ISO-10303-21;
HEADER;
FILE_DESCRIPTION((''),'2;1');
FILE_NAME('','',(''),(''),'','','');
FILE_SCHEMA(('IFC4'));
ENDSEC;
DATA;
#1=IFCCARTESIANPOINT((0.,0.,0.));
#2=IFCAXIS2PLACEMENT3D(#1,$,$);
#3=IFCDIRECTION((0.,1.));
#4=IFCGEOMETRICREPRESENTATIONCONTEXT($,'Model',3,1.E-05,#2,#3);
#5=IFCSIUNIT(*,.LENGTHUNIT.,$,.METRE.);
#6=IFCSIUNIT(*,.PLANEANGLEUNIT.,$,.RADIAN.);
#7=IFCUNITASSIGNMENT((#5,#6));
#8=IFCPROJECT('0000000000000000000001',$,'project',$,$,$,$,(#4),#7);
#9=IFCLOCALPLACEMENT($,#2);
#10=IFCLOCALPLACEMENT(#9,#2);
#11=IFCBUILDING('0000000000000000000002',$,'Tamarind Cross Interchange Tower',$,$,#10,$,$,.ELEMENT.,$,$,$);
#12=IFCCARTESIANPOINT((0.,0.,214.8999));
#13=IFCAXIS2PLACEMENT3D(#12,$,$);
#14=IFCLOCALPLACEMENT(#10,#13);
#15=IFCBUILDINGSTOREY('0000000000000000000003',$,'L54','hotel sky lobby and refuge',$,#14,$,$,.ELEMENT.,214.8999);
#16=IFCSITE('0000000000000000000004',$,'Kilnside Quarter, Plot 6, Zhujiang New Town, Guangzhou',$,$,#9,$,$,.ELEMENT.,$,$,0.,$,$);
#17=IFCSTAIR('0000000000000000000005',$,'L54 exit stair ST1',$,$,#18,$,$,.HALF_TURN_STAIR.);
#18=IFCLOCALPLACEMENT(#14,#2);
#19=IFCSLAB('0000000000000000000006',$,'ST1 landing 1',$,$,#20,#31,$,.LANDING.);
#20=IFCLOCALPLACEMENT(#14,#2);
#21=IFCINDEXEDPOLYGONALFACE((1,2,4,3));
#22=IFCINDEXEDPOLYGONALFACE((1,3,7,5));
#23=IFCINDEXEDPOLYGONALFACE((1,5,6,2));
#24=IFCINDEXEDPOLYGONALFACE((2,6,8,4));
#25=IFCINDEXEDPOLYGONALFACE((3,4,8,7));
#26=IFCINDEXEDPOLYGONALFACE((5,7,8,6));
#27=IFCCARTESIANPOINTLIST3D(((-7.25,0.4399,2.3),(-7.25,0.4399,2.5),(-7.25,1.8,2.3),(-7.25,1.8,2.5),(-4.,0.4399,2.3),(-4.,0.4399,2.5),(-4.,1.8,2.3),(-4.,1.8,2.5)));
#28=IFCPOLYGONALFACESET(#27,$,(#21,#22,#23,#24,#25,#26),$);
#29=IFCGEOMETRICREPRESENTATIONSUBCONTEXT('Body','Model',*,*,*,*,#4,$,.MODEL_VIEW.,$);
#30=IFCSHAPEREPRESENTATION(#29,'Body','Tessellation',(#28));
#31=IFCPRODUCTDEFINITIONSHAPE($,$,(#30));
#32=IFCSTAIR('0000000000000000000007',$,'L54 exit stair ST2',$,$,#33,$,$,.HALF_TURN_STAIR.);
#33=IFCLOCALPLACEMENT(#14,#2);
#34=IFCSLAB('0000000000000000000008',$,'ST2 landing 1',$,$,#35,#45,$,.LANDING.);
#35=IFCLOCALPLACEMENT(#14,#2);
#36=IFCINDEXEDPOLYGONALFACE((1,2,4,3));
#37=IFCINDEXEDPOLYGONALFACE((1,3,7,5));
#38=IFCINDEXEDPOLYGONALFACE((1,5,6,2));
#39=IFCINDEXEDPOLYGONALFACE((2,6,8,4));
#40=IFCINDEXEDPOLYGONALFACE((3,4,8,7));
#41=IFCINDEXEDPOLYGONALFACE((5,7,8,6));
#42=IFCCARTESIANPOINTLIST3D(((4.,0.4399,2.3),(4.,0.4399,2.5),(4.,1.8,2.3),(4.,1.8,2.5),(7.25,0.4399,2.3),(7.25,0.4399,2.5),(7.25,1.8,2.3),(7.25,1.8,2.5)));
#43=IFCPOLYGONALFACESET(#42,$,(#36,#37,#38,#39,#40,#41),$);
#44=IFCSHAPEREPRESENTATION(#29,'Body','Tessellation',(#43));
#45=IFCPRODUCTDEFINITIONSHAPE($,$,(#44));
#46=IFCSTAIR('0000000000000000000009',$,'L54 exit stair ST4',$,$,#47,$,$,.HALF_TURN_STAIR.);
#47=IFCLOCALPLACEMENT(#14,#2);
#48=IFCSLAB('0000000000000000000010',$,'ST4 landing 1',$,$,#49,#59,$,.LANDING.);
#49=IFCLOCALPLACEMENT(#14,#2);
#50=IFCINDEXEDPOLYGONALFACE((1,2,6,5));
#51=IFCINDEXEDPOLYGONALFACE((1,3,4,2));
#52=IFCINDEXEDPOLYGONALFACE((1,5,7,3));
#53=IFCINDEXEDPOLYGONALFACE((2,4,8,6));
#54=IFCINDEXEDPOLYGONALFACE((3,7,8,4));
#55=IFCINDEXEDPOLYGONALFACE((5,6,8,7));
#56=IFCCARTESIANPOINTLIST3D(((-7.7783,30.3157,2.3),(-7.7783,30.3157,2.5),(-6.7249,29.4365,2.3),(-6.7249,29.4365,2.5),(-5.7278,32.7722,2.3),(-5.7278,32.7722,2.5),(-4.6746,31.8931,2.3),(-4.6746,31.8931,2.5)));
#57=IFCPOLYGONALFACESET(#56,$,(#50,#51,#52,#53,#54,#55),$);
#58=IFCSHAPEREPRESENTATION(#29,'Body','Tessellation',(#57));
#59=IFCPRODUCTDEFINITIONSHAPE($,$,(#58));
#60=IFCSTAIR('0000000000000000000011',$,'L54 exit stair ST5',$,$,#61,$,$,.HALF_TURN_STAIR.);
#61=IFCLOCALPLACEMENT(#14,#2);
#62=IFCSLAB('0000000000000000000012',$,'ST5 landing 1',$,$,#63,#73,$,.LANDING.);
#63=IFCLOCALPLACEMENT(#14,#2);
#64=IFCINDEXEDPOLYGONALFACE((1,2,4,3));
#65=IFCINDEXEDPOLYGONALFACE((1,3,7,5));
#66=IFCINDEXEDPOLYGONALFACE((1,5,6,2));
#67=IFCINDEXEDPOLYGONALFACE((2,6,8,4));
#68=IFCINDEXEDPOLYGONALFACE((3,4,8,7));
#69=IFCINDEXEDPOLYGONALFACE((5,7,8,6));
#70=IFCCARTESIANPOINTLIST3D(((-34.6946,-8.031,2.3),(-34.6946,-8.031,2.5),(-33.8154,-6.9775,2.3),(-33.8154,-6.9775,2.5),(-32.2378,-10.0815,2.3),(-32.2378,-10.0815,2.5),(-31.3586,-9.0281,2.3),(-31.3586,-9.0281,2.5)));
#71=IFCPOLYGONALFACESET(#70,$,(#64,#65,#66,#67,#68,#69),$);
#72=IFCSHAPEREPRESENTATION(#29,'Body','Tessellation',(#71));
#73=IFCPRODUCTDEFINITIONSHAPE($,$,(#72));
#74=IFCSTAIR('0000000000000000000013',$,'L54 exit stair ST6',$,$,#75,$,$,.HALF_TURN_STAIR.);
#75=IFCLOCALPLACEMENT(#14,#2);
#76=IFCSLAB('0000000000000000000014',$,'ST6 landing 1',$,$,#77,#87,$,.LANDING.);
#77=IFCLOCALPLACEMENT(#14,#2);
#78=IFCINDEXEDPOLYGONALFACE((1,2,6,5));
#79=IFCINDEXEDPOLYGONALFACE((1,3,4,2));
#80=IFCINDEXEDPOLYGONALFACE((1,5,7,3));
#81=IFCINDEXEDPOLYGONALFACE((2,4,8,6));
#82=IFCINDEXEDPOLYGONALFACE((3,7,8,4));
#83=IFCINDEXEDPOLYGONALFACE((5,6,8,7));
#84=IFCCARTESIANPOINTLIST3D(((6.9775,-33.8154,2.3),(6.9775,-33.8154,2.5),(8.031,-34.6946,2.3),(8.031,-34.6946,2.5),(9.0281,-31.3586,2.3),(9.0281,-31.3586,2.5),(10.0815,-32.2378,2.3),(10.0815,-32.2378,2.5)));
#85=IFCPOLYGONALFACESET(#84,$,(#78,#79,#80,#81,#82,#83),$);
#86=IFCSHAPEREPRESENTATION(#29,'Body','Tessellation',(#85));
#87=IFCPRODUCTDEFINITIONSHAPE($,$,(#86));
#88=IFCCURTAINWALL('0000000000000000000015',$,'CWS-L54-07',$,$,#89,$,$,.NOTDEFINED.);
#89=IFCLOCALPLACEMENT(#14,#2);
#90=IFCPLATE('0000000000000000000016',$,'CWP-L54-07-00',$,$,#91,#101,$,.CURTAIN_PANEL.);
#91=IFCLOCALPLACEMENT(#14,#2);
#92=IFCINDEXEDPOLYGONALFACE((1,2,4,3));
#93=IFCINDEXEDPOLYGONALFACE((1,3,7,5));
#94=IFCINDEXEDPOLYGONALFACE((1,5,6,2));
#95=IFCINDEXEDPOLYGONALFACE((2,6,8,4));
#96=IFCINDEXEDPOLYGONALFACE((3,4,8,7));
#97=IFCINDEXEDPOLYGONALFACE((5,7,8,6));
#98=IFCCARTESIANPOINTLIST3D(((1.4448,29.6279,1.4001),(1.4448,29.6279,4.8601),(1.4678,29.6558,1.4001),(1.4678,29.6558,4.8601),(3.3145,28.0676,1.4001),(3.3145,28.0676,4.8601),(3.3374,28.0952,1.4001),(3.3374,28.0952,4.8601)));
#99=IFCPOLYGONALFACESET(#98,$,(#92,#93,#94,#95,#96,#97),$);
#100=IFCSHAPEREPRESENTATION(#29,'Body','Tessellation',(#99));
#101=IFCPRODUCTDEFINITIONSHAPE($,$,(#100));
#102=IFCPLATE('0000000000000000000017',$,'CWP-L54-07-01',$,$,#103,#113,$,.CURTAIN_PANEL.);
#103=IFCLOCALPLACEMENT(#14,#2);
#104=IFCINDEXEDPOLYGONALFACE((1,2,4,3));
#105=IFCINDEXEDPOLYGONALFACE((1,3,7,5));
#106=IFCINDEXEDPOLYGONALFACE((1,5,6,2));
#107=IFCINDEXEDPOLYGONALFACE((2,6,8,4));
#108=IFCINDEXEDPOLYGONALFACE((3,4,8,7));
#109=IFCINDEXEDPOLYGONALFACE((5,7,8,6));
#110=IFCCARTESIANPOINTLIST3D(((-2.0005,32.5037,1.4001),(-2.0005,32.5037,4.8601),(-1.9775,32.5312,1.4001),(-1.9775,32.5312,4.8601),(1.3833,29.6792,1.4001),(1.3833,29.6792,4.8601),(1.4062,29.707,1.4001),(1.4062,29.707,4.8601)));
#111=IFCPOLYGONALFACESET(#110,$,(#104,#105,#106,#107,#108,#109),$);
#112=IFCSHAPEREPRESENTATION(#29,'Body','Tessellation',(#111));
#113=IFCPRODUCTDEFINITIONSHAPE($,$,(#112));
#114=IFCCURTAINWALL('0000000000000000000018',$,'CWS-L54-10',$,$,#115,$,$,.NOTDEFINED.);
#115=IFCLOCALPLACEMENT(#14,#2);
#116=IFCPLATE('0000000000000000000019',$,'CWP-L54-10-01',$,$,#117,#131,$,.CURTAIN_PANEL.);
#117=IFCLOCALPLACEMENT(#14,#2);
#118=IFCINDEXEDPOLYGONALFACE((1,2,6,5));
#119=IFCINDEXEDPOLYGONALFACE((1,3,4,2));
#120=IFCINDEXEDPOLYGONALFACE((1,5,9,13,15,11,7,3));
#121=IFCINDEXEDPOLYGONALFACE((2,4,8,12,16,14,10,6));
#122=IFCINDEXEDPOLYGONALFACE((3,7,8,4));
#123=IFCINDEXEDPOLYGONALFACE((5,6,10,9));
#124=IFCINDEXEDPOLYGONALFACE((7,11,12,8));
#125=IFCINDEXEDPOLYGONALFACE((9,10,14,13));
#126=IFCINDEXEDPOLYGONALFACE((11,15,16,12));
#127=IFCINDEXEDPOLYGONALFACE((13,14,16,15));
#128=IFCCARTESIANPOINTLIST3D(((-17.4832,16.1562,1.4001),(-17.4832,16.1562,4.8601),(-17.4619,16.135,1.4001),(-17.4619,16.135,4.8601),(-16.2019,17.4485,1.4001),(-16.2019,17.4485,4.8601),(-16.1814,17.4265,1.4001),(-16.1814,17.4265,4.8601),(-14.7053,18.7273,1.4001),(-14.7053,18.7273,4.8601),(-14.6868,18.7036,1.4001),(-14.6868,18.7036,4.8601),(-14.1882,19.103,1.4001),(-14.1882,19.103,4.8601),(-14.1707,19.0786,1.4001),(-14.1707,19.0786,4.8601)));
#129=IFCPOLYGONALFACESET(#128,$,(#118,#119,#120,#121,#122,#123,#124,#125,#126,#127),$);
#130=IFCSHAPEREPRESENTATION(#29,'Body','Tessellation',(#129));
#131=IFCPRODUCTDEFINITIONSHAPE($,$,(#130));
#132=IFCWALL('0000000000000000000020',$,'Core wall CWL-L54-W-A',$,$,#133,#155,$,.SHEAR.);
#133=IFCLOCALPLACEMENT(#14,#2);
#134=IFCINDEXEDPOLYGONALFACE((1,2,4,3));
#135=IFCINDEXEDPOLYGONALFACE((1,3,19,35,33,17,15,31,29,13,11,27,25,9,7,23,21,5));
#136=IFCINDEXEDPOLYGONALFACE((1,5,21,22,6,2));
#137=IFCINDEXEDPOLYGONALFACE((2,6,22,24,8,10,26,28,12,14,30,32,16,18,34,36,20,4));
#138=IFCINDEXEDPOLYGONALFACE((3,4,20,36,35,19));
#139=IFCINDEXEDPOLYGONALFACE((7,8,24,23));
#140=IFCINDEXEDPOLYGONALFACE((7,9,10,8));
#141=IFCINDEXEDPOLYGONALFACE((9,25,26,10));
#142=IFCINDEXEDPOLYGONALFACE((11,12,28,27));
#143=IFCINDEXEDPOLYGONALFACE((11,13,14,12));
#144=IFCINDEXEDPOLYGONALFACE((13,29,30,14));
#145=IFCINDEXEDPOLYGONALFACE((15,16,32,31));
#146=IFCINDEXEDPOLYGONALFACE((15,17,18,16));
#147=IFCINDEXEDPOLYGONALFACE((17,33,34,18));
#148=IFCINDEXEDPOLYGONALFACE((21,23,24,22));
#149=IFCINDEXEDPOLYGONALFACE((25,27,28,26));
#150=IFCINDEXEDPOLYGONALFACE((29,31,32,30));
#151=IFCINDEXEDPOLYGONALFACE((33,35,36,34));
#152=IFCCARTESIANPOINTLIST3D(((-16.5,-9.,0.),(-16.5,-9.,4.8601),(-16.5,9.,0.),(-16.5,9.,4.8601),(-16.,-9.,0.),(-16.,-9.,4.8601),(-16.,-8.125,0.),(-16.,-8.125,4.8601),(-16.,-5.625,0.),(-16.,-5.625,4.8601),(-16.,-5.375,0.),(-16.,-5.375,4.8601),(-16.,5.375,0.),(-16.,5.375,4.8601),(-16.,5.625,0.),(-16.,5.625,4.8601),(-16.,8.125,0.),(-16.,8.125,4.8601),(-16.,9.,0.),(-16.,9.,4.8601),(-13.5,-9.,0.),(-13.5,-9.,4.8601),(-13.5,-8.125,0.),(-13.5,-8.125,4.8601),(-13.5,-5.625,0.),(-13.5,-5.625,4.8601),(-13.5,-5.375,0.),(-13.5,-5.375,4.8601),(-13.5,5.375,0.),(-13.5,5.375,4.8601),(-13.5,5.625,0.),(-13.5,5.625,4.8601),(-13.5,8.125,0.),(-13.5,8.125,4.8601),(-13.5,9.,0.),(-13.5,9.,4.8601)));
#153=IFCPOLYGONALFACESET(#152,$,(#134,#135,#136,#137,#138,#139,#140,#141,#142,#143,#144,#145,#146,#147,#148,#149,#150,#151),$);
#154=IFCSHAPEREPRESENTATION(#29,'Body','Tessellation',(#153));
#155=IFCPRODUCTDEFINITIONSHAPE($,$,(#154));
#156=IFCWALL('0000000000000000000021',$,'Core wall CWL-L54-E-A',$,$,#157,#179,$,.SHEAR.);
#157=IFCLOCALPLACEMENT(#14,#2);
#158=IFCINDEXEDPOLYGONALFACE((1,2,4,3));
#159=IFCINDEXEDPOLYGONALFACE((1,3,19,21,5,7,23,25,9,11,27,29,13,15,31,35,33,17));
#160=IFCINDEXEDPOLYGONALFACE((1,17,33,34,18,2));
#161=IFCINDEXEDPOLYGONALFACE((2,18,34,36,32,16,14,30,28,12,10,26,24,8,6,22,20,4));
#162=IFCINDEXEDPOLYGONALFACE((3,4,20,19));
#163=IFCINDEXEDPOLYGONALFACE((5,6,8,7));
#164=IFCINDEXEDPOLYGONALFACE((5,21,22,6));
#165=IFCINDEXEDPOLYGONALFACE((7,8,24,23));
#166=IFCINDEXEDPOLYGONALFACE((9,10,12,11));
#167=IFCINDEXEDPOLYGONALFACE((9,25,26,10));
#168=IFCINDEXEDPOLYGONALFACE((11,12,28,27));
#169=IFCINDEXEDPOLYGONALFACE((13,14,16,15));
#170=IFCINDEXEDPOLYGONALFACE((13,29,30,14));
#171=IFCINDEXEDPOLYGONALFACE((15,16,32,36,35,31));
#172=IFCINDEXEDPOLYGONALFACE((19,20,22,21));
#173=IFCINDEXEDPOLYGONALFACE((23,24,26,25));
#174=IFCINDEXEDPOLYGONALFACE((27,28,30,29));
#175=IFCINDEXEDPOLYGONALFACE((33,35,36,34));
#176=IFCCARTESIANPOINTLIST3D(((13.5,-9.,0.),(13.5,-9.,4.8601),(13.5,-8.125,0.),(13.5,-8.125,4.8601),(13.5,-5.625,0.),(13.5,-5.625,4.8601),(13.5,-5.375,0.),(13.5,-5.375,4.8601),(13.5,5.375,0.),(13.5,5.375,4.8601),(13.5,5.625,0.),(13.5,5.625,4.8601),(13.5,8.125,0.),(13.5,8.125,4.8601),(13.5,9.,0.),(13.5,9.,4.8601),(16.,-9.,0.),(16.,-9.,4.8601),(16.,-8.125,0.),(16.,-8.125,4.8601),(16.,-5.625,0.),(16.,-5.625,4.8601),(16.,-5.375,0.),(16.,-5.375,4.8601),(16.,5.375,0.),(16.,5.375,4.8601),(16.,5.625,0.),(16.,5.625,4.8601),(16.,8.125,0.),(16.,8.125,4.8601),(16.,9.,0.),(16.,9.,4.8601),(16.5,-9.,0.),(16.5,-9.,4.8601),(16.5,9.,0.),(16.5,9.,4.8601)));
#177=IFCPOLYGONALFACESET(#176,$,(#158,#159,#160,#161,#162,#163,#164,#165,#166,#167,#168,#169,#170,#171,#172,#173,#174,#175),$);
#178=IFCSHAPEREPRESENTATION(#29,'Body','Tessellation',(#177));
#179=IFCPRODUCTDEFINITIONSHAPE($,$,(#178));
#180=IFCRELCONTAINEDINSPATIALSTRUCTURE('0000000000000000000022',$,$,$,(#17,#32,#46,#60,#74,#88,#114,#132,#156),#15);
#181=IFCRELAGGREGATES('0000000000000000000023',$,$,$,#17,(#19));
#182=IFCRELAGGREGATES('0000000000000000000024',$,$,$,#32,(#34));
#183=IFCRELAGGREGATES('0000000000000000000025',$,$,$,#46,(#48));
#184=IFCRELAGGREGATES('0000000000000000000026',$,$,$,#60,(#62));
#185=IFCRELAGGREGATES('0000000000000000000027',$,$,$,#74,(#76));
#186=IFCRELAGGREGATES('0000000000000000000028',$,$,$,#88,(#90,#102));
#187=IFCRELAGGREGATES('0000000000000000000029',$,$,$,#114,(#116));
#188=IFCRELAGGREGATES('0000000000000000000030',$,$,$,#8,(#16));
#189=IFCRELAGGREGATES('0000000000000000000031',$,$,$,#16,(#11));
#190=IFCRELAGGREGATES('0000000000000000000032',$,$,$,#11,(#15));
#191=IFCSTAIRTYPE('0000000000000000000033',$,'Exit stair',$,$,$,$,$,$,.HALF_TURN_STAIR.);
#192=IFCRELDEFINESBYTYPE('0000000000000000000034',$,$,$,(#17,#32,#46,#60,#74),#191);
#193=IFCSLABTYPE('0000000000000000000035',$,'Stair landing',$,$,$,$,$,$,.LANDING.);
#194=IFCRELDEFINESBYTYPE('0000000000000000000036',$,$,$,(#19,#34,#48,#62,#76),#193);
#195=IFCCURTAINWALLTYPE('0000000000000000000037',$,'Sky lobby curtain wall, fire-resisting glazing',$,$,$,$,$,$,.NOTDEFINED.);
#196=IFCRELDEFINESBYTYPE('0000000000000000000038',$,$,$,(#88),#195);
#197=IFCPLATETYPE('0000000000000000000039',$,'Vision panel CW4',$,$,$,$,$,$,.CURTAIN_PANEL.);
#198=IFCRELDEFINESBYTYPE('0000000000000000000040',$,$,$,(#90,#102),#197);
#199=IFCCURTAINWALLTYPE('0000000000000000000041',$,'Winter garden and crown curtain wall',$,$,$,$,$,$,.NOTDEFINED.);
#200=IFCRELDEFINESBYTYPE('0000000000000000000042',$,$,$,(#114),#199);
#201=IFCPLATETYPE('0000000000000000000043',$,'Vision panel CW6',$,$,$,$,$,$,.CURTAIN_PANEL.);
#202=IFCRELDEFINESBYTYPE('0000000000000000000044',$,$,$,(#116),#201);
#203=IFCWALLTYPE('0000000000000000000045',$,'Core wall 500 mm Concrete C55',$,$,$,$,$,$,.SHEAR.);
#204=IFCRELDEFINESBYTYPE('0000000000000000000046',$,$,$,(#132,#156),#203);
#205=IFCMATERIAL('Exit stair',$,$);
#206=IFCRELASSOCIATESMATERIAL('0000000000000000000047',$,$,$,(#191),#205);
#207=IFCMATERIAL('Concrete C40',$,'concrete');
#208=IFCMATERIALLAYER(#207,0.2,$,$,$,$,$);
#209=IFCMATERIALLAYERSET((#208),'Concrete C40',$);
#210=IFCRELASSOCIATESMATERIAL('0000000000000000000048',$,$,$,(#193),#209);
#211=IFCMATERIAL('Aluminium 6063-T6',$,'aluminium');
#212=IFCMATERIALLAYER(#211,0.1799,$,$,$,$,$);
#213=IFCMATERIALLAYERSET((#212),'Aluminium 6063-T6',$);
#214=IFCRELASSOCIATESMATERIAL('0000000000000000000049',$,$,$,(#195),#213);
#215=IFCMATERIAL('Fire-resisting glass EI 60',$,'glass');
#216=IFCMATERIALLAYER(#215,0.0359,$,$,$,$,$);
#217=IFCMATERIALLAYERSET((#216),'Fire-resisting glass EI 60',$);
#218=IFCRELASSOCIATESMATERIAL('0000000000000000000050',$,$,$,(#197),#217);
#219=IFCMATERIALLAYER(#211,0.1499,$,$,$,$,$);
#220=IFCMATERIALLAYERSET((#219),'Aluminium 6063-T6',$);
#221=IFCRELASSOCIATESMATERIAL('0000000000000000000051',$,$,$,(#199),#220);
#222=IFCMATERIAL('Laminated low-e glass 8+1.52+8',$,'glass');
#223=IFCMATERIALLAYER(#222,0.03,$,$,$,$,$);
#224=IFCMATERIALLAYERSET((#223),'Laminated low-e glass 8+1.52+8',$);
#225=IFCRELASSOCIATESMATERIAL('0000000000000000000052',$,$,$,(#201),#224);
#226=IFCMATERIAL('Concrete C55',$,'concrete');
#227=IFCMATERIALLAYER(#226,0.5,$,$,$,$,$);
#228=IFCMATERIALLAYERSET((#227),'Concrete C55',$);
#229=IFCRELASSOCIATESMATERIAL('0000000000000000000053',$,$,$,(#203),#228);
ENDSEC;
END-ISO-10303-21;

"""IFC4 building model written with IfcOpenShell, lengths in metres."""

from ifc_helpers import new_model, si_unit, direction, frame, origin, place, context, subcontext, project, spatial, polyline, outline, extrude, material, layer, layer_set, type_object, element, aggregate, save


model = new_model("IFC4")

# Units and contexts
model_context = context("Model", 3, precision=1e-05, world=origin(), true_north=direction((0.0, 1.0)))
body_context = subcontext(model_context, "Body", "Model", "MODEL_VIEW")
ifc_project = project(units=[si_unit("LENGTHUNIT", "METRE"), si_unit("PLANEANGLEUNIT", "RADIAN")], contexts=[model_context])

# Site, building, storey
site_placement = place(None, origin())
site = spatial("IfcSite", under=ifc_project, at=site_placement, Name="Kilnside Quarter, Plot 6, Zhujiang New Town, Guangzhou", CompositionType="ELEMENT", RefElevation=0.0)
building_placement = place(site_placement, origin())
building = spatial("IfcBuilding", under=site, at=building_placement, Name="Tamarind Cross Interchange Tower", CompositionType="ELEMENT")
storey_placement = place(building_placement, frame((0.0, 0.0, 214.8999)))
storey = spatial("IfcBuildingStorey", under=building, at=storey_placement, Name="L54", Description="hotel sky lobby and refuge", CompositionType="ELEMENT", Elevation=214.8999)

# Stairs, slabs
ifc_material_1 = material(Name="Exit stair")
stair_type = type_object("IfcStairType", Name="Exit stair", PredefinedType="HALF_TURN_STAIR", material=ifc_material_1)
stair_1_placement = place(storey_placement, origin())
stair_1 = element("IfcStair", 1, at=stair_1_placement, inside=storey, type_object=stair_type, Name="L54 exit stair ST1", PredefinedType="HALF_TURN_STAIR")
ifc_material_2 = material(Name="Concrete C40", Category="concrete")
ifc_layer_1 = layer(ifc_material_2, 0.2)
ifc_layer_set_1 = layer_set([ifc_layer_1], Name="Concrete C40")
slab_type = type_object("IfcSlabType", Name="Stair landing", PredefinedType="LANDING", material=ifc_layer_set_1)
slab_1_placement = place(storey_placement, frame((0.0, 0.0, 2.3)))
slab_1 = element("IfcSlab", 2, at=slab_1_placement, type_object=slab_type, Name="ST1 landing 1", PredefinedType="LANDING", context=body_context, shape_type="SweptSolid", body=[
    extrude(outline(polyline([(-4.0, 0.4399), (-4.0, 1.8), (-7.25, 1.8), (-7.25, 0.4399), (-4.0, 0.4399)])), origin(), (0.0, 0.0, 1.0), 0.2),
])
aggregate(stair_1, [slab_1])
stair_2_placement = place(storey_placement, origin())
stair_2 = element("IfcStair", 3, at=stair_2_placement, inside=storey, type_object=stair_type, Name="L54 exit stair ST2", PredefinedType="HALF_TURN_STAIR")
slab_2_placement = place(storey_placement, frame((0.0, 0.0, 2.3)))
slab_2 = element("IfcSlab", 4, at=slab_2_placement, type_object=slab_type, Name="ST2 landing 1", PredefinedType="LANDING", context=body_context, shape_type="SweptSolid", body=[
    extrude(outline(polyline([(7.25, 0.4399), (7.25, 1.8), (4.0, 1.8), (4.0, 0.4399), (7.25, 0.4399)])), origin(), (0.0, 0.0, 1.0), 0.2),
])
aggregate(stair_2, [slab_2])
stair_3_placement = place(storey_placement, origin())
stair_3 = element("IfcStair", 5, at=stair_3_placement, inside=storey, type_object=stair_type, Name="L54 exit stair ST4", PredefinedType="HALF_TURN_STAIR")
slab_3_placement = place(storey_placement, frame((0.0, 0.0, 2.3)))
slab_3 = element("IfcSlab", 6, at=slab_3_placement, type_object=slab_type, Name="ST4 landing 1", PredefinedType="LANDING", context=body_context, shape_type="SweptSolid", body=[
    extrude(outline(polyline([(-4.6746, 31.8931), (-5.7278, 32.7722), (-7.7783, 30.3157), (-6.7249, 29.4365), (-4.6746, 31.8931)])), origin(), (0.0, 0.0, 1.0), 0.2),
])
aggregate(stair_3, [slab_3])
stair_4_placement = place(storey_placement, origin())
stair_4 = element("IfcStair", 7, at=stair_4_placement, inside=storey, type_object=stair_type, Name="L54 exit stair ST5", PredefinedType="HALF_TURN_STAIR")
slab_4_placement = place(storey_placement, frame((0.0, 0.0, 2.3)))
slab_4 = element("IfcSlab", 8, at=slab_4_placement, type_object=slab_type, Name="ST5 landing 1", PredefinedType="LANDING", context=body_context, shape_type="SweptSolid", body=[
    extrude(outline(polyline([(-33.8154, -6.9775), (-34.6946, -8.031), (-32.2378, -10.0815), (-31.3586, -9.0281), (-33.8154, -6.9775)])), origin(), (0.0, 0.0, 1.0), 0.2),
])
aggregate(stair_4, [slab_4])
stair_5_placement = place(storey_placement, origin())
stair_5 = element("IfcStair", 9, at=stair_5_placement, inside=storey, type_object=stair_type, Name="L54 exit stair ST6", PredefinedType="HALF_TURN_STAIR")
slab_5_placement = place(storey_placement, frame((0.0, 0.0, 2.3)))
slab_5 = element("IfcSlab", 10, at=slab_5_placement, type_object=slab_type, Name="ST6 landing 1", PredefinedType="LANDING", context=body_context, shape_type="SweptSolid", body=[
    extrude(outline(polyline([(6.9775, -33.8154), (8.031, -34.6946), (10.0815, -32.2378), (9.0281, -31.3586), (6.9775, -33.8154)])), origin(), (0.0, 0.0, 1.0), 0.2),
])
aggregate(stair_5, [slab_5])

# Curtain wall, plates
ifc_material_3 = material(Name="Aluminium 6063-T6", Category="aluminium")
ifc_layer_2 = layer(ifc_material_3, 0.1799)
ifc_layer_set_2 = layer_set([ifc_layer_2], Name="Aluminium 6063-T6")
curtain_wall_type_1 = type_object("IfcCurtainWallType", Name="Sky lobby curtain wall, fire-resisting glazing", PredefinedType="NOTDEFINED", material=ifc_layer_set_2)
curtain_wall_1_placement = place(storey_placement, origin())
curtain_wall_1 = element("IfcCurtainWall", 11, at=curtain_wall_1_placement, inside=storey, type_object=curtain_wall_type_1, Name="CWS-L54-07", PredefinedType="NOTDEFINED")
ifc_material_4 = material(Name="Fire-resisting glass EI 60", Category="glass")
ifc_layer_3 = layer(ifc_material_4, 0.0359)
ifc_layer_set_3 = layer_set([ifc_layer_3], Name="Fire-resisting glass EI 60")
plate_type_1 = type_object("IfcPlateType", Name="Vision panel CW4", PredefinedType="CURTAIN_PANEL", material=ifc_layer_set_3)
plate_1_placement = place(storey_placement, frame((0.0, 0.0, 1.4001)))
plate_1 = element("IfcPlate", 12, at=plate_1_placement, type_object=plate_type_1, Name="CWP-L54-07-00", PredefinedType="CURTAIN_PANEL", context=body_context, shape_type="SweptSolid", body=[
    extrude(outline(polyline([(3.3145, 28.0676), (1.4448, 29.6279), (1.4678, 29.6558), (3.3374, 28.0952), (3.3145, 28.0676)])), origin(), (0.0, 0.0, 1.0), 3.46),
])
plate_2_placement = place(storey_placement, frame((0.0, 0.0, 1.4001)))
plate_2 = element("IfcPlate", 13, at=plate_2_placement, type_object=plate_type_1, Name="CWP-L54-07-01", PredefinedType="CURTAIN_PANEL", context=body_context, shape_type="SweptSolid", body=[
    extrude(outline(polyline([(1.3833, 29.6792), (-2.0005, 32.5037), (-1.9775, 32.5312), (1.4062, 29.707), (1.3833, 29.6792)])), origin(), (0.0, 0.0, 1.0), 3.46),
])
aggregate(curtain_wall_1, [plate_1, plate_2])

# Curtain wall, plate
ifc_layer_4 = layer(ifc_material_3, 0.1499)
ifc_layer_set_4 = layer_set([ifc_layer_4], Name="Aluminium 6063-T6")
curtain_wall_type_2 = type_object("IfcCurtainWallType", Name="Winter garden and crown curtain wall", PredefinedType="NOTDEFINED", material=ifc_layer_set_4)
curtain_wall_2_placement = place(storey_placement, origin())
curtain_wall_2 = element("IfcCurtainWall", 14, at=curtain_wall_2_placement, inside=storey, type_object=curtain_wall_type_2, Name="CWS-L54-10", PredefinedType="NOTDEFINED")
ifc_material_5 = material(Name="Laminated low-e glass 8+1.52+8", Category="glass")
ifc_layer_5 = layer(ifc_material_5, 0.03)
ifc_layer_set_5 = layer_set([ifc_layer_5], Name="Laminated low-e glass 8+1.52+8")
plate_type_2 = type_object("IfcPlateType", Name="Vision panel CW6", PredefinedType="CURTAIN_PANEL", material=ifc_layer_set_5)
plate_3_placement = place(storey_placement, frame((0.0, 0.0, 1.4001)))
plate_3 = element("IfcPlate", 15, at=plate_3_placement, type_object=plate_type_2, Name="CWP-L54-10-01", PredefinedType="CURTAIN_PANEL", context=body_context, shape_type="SweptSolid", body=[
    extrude(outline(polyline([(-14.1707, 19.0786), (-14.6868, 18.7036), (-16.1814, 17.4265), (-17.4619, 16.135), (-17.4832, 16.1562), (-16.2019, 17.4485), (-14.7053, 18.7273), (-14.1882, 19.103), (-14.1707, 19.0786)])), origin(), (0.0, 0.0, 1.0), 3.46),
])
aggregate(curtain_wall_2, [plate_3])

# Walls
ifc_material_6 = material(Name="Concrete C55", Category="concrete")
ifc_layer_6 = layer(ifc_material_6, 0.5)
ifc_layer_set_6 = layer_set([ifc_layer_6], Name="Concrete C55")
wall_type_1 = type_object("IfcWallType", Name="Core wall 500 mm Concrete C55", PredefinedType="SHEAR", material=ifc_layer_set_6)
wall_1_placement = place(storey_placement, origin())
element("IfcWall", 16, at=wall_1_placement, inside=storey, type_object=wall_type_1, Name="Core wall CWL-L54-W-A", PredefinedType="SHEAR", context=body_context, shape_type="SweptSolid", body=[
    extrude(outline(polyline([(-13.5, -8.125), (-16.0, -8.125), (-16.0, -5.625), (-13.5, -5.625), (-13.5, -5.375), (-16.0, -5.375), (-16.0, 5.375), (-13.5, 5.375), (-13.5, 5.625), (-16.0, 5.625), (-16.0, 8.125), (-13.5, 8.125), (-13.5, 9.0), (-16.0, 9.0), (-16.5, 9.0), (-16.5, -9.0), (-16.0, -9.0), (-13.5, -9.0), (-13.5, -8.125)])), origin(), (0.0, 0.0, 1.0), 4.8601),
])
wall_2_placement = place(storey_placement, origin())
element("IfcWall", 17, at=wall_2_placement, inside=storey, type_object=wall_type_1, Name="Core wall CWL-L54-E-A", PredefinedType="SHEAR", context=body_context, shape_type="SweptSolid", body=[
    extrude(outline(polyline([(13.5, -8.125), (13.5, -9.0), (16.0, -9.0), (16.5, -9.0), (16.5, 9.0), (16.0, 9.0), (13.5, 9.0), (13.5, 8.125), (16.0, 8.125), (16.0, 5.625), (13.5, 5.625), (13.5, 5.375), (16.0, 5.375), (16.0, -5.375), (13.5, -5.375), (13.5, -5.625), (16.0, -5.625), (16.0, -8.125), (13.5, -8.125)])), origin(), (0.0, 0.0, 1.0), 4.8601),
])

save(model, "model.ifc")
